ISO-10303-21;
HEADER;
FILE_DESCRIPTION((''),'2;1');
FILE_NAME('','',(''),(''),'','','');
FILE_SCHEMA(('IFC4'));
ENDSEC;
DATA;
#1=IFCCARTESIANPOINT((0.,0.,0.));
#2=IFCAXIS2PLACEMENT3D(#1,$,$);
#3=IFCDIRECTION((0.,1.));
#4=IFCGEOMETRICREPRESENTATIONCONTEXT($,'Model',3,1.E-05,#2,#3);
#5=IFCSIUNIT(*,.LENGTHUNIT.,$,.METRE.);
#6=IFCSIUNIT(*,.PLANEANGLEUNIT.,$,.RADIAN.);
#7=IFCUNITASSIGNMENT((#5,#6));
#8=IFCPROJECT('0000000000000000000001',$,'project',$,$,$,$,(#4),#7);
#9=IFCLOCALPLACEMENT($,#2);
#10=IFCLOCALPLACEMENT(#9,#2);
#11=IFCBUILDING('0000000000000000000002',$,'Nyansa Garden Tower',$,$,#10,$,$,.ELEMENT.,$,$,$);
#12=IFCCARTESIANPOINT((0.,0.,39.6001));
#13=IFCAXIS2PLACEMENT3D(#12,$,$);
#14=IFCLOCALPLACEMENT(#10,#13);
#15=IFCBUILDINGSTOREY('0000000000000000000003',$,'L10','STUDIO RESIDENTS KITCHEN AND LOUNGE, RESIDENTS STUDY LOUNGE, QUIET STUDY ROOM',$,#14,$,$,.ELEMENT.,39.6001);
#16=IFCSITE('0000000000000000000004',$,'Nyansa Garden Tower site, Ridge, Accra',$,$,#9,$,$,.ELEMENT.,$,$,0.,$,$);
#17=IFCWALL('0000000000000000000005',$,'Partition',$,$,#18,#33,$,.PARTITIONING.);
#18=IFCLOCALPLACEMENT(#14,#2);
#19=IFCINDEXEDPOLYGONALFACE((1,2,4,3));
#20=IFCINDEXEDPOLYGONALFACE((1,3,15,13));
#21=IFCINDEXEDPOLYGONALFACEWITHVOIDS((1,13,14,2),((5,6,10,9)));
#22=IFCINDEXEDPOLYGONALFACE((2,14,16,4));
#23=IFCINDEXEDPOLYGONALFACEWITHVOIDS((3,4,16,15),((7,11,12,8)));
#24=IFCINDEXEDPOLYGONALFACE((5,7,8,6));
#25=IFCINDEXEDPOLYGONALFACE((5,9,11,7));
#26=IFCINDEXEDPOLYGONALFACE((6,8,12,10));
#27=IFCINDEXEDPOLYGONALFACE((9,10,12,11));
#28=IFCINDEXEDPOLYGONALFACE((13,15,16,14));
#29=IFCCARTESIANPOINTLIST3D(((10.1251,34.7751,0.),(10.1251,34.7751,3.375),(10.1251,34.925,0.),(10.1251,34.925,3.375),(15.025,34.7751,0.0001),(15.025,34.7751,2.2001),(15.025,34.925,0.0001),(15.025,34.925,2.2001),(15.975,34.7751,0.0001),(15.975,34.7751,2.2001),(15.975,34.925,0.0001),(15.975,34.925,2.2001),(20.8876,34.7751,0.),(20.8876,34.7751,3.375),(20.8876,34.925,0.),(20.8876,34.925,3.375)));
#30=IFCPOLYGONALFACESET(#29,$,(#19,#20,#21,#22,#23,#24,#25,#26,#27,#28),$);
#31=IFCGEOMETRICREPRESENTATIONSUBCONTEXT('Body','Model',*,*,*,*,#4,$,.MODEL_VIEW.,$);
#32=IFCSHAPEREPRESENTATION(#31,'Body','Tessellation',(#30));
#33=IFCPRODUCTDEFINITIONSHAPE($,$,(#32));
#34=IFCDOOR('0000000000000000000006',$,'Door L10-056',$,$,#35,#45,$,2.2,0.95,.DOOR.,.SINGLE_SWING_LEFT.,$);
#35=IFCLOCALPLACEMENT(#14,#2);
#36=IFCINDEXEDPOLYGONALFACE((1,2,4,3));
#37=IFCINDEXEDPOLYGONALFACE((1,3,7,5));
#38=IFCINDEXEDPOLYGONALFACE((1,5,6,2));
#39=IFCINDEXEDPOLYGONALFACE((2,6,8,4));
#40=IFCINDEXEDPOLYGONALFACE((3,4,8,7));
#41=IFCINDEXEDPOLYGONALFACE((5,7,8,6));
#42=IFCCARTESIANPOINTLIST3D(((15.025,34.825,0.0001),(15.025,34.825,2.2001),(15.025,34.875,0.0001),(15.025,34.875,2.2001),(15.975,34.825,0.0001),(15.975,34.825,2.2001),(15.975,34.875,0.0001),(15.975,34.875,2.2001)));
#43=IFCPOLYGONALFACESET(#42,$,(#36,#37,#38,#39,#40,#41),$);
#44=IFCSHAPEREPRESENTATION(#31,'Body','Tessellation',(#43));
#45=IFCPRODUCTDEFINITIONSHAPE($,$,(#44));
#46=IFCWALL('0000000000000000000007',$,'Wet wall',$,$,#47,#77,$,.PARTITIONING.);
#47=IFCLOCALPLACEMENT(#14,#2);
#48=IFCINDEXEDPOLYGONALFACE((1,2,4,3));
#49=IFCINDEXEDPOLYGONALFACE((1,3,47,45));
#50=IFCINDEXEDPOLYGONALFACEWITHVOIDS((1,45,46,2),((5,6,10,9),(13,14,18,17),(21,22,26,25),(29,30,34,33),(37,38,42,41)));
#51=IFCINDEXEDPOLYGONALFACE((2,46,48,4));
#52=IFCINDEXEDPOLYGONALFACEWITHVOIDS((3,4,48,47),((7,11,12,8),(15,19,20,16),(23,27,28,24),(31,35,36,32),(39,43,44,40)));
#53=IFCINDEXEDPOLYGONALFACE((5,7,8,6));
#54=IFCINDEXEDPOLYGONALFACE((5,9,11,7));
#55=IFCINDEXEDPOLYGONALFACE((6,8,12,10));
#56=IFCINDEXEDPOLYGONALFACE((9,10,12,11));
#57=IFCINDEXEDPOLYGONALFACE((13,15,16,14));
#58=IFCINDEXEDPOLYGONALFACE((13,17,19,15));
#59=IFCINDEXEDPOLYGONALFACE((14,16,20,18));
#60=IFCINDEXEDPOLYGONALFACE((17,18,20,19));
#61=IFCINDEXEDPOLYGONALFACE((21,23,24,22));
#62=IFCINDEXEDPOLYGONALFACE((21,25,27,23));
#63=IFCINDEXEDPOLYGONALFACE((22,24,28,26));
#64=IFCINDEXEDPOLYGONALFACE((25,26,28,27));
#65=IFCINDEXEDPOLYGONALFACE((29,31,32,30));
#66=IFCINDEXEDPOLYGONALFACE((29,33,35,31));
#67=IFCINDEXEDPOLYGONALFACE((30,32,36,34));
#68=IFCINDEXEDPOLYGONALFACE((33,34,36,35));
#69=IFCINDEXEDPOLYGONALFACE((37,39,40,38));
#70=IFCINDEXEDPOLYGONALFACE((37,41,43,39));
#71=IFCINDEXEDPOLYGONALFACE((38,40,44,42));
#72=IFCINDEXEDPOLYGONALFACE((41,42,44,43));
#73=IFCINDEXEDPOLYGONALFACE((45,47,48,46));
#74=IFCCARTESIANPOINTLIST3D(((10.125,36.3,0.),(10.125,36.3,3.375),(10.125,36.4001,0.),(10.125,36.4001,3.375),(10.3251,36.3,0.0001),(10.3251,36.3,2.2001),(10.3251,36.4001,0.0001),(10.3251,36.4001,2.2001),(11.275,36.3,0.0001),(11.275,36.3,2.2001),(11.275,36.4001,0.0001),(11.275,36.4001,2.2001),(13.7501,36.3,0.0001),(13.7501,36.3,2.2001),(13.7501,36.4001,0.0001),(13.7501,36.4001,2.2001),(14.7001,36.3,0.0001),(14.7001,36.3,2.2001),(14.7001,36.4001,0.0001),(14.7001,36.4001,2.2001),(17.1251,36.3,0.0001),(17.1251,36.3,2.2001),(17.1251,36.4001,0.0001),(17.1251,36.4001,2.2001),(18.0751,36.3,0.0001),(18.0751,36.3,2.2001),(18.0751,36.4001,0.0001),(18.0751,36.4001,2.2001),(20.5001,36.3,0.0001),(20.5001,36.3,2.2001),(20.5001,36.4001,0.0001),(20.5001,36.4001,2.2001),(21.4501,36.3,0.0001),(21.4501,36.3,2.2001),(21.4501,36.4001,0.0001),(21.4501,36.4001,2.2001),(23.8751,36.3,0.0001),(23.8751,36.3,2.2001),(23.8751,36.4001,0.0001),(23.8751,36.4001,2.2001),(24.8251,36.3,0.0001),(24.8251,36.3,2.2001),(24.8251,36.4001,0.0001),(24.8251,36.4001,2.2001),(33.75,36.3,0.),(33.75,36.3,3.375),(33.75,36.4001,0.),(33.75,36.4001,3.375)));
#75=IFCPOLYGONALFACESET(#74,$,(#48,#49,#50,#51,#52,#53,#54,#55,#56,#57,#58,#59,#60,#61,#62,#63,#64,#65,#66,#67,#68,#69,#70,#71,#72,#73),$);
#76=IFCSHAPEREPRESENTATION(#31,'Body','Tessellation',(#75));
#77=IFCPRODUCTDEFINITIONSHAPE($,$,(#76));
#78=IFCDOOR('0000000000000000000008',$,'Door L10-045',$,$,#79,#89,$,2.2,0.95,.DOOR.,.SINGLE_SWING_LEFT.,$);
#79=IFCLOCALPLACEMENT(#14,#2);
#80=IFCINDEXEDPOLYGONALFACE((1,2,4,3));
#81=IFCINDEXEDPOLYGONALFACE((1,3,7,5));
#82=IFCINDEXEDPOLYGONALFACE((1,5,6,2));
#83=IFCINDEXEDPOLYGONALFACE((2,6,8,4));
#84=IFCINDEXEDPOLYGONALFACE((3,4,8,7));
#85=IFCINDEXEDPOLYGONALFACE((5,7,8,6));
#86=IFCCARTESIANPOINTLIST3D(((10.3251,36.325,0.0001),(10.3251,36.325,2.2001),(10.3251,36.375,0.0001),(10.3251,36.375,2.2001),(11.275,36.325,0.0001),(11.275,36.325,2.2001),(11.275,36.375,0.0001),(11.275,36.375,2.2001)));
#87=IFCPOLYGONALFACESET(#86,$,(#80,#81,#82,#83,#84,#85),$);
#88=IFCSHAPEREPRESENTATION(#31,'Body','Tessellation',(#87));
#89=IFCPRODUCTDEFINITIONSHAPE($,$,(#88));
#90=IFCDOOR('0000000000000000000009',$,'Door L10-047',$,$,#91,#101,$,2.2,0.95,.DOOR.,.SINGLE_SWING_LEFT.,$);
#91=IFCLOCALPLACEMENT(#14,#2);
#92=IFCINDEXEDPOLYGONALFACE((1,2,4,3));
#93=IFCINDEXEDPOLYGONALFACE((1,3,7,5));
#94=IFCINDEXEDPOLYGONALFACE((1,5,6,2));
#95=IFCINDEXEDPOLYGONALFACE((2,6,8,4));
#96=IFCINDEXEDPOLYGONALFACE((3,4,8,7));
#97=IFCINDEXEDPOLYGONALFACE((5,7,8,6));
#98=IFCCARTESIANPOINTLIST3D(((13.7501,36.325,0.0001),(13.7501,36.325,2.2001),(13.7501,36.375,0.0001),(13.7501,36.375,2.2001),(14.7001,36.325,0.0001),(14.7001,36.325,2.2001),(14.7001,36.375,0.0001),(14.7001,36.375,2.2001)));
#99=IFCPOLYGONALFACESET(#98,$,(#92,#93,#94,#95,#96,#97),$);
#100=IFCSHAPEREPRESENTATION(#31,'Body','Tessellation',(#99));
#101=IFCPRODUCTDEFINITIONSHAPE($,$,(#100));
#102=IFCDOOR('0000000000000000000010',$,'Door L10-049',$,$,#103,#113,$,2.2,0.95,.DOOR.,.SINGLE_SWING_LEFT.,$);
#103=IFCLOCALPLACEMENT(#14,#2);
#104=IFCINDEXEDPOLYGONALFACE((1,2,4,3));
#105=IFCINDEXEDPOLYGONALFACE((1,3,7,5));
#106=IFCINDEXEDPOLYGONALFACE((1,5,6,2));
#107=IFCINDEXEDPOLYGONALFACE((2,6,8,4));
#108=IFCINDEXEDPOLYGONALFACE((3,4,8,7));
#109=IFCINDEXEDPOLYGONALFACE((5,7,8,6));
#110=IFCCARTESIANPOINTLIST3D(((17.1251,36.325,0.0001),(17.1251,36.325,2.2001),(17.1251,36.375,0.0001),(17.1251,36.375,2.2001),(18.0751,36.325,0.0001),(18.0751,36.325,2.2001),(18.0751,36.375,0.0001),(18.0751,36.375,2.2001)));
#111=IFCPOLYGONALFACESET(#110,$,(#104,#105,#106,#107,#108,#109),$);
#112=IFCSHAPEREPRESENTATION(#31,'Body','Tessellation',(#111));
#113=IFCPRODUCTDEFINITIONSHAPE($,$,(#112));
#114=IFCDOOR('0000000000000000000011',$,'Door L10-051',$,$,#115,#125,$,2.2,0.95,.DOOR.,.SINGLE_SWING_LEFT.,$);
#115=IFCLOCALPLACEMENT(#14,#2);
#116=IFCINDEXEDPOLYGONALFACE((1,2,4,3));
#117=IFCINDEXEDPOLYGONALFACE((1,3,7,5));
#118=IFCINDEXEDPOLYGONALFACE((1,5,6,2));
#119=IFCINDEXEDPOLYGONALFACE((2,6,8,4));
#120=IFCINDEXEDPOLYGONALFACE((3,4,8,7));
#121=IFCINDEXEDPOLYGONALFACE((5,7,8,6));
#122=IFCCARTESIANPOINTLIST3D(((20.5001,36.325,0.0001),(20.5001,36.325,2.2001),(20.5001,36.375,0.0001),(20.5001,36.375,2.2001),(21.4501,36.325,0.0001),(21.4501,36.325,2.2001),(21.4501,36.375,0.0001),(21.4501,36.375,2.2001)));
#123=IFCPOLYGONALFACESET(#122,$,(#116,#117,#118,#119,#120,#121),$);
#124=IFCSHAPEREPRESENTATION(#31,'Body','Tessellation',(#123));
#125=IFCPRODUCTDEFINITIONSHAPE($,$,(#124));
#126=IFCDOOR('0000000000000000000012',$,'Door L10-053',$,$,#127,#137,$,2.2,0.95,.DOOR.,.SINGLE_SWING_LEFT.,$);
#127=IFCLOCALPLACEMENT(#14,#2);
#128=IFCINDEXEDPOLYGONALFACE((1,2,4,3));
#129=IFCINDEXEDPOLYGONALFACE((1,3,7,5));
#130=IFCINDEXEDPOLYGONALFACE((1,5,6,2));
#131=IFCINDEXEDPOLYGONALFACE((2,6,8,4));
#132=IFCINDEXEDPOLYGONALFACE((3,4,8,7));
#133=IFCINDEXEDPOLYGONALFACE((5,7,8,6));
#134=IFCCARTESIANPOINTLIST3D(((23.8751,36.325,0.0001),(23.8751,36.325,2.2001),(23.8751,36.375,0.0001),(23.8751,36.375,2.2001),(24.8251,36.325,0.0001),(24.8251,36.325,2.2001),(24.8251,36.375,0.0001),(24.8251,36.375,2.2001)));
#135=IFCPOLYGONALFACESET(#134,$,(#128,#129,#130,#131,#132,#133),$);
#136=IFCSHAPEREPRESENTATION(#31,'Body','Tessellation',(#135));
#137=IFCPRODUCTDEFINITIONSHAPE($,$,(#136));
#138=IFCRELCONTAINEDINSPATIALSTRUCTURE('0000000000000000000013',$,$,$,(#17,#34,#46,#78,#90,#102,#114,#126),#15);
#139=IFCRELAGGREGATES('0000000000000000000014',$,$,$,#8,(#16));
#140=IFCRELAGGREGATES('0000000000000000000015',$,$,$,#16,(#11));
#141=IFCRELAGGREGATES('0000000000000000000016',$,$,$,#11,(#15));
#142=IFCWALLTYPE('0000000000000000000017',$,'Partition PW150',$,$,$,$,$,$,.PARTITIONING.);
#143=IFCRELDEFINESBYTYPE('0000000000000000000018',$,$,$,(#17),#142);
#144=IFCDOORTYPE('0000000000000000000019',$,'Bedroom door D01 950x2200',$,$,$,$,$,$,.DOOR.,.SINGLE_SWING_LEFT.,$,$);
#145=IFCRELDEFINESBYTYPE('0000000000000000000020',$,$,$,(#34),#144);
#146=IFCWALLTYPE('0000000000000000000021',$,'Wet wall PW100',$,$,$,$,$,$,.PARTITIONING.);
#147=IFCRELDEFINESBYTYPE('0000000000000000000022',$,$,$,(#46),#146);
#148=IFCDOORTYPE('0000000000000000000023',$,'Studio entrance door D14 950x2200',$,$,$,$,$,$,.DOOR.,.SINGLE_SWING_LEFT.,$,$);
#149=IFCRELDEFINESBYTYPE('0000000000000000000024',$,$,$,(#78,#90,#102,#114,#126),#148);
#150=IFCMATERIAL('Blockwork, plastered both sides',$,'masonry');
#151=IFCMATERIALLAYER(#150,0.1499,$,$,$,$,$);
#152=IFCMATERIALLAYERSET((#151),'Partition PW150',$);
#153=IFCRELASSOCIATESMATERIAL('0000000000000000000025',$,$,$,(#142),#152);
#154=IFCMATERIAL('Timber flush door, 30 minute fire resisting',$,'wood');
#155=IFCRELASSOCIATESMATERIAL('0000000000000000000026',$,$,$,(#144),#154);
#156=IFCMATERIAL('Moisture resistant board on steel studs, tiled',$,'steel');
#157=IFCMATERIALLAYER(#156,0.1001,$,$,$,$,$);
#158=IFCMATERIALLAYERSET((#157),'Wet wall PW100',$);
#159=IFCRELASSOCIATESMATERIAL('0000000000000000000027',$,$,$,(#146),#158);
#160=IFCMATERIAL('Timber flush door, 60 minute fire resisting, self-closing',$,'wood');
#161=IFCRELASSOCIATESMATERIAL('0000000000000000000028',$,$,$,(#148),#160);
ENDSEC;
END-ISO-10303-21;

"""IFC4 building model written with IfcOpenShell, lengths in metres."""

from ifc_helpers import new_model, si_unit, direction, frame, frame_2d, origin, place, context, subcontext, project, spatial, rectangle, extrude, material, layer, layer_set, type_object, element, fill, save


model = new_model("IFC4")

# Units and contexts
model_context = context("Model", 3, precision=1e-05, world=origin(), true_north=direction((0.0, 1.0)))
body_context = subcontext(model_context, "Body", "Model", "MODEL_VIEW")
ifc_project = project(units=[si_unit("LENGTHUNIT", "METRE"), si_unit("PLANEANGLEUNIT", "RADIAN")], contexts=[model_context])

# Site, building, storey
site_placement = place(None, origin())
site = spatial("IfcSite", under=ifc_project, at=site_placement, Name="Nyansa Garden Tower site, Ridge, Accra", CompositionType="ELEMENT", RefElevation=0.0)
building_placement = place(site_placement, origin())
building = spatial("IfcBuilding", under=site, at=building_placement, Name="Nyansa Garden Tower", CompositionType="ELEMENT")
storey_placement = place(building_placement, frame((0.0, 0.0, 39.6001)))
storey = spatial("IfcBuildingStorey", under=building, at=storey_placement, Name="L10", Description="STUDIO RESIDENTS KITCHEN AND LOUNGE, RESIDENTS STUDY LOUNGE, QUIET STUDY ROOM", CompositionType="ELEMENT", Elevation=39.6001)

# Wall, opening, door
ifc_material_1 = material(Name="Blockwork, plastered both sides", Category="masonry")
ifc_layer_1 = layer(ifc_material_1, 0.1499)
ifc_layer_set_1 = layer_set([ifc_layer_1], Name="Partition PW150")
wall_type_1 = type_object("IfcWallType", Name="Partition PW150", PredefinedType="PARTITIONING", material=ifc_layer_set_1)
wall_1_placement = place(storey_placement, frame((10.125, 34.8501, 0.0), z_axis=(0.0, 0.0, 1.0), x_axis=(1.0, 0.0, 0.0)))
wall_1 = element("IfcWall", 1, at=wall_1_placement, inside=storey, type_object=wall_type_1, Name="Partition", PredefinedType="PARTITIONING", context=body_context, shape_type="SweptSolid", body=[
    extrude(rectangle(XDim=10.7625, YDim=0.1499, at=frame_2d((5.3813, 0.0))), origin(), (0.0, 0.0, 1.0), 3.375),
])
opening_1_placement = place(wall_1_placement, frame((4.8999, 0.0, 0.0)))
opening_1 = element("IfcOpeningElement", 2, at=opening_1_placement, cuts=wall_1, PredefinedType="OPENING", context=body_context, shape_type="SweptSolid", body=[
    extrude(rectangle(XDim=0.95, YDim=2.2, at=frame_2d((0.4751, 1.1001))), frame((0.0, 0.085, 0.0), z_axis=(0.0, -1.0, 0.0), x_axis=(1.0, 0.0, 0.0)), (0.0, 0.0, 1.0), 0.1699),
])
ifc_material_2 = material(Name="Timber flush door, 30 minute fire resisting", Category="wood")
door_type_1 = type_object("IfcDoorType", Name="Bedroom door D01 950x2200", OperationType="SINGLE_SWING_LEFT", PredefinedType="DOOR", material=ifc_material_2)
door_1_placement = place(opening_1_placement, origin())
door_1 = element("IfcDoor", 3, at=door_1_placement, inside=storey, type_object=door_type_1, Name="Door L10-056", OperationType="SINGLE_SWING_LEFT", OverallHeight=2.2, OverallWidth=0.95, PredefinedType="DOOR", context=body_context, shape_type="SweptSolid", body=[
    extrude(rectangle(XDim=0.95, YDim=2.2, at=frame_2d((0.4751, 1.1001))), frame((0.0, 0.0249, 0.0), z_axis=(0.0, -1.0, 0.0), x_axis=(1.0, 0.0, 0.0)), (0.0, 0.0, 1.0), 0.05),
])
fill(opening_1, door_1)

# Wall, openings, doors
ifc_material_3 = material(Name="Moisture resistant board on steel studs, tiled", Category="steel")
ifc_layer_2 = layer(ifc_material_3, 0.1001)
ifc_layer_set_2 = layer_set([ifc_layer_2], Name="Wet wall PW100")
wall_type_2 = type_object("IfcWallType", Name="Wet wall PW100", PredefinedType="PARTITIONING", material=ifc_layer_set_2)
wall_2_placement = place(storey_placement, frame((10.125, 36.3501, 0.0), z_axis=(0.0, 0.0, 1.0), x_axis=(1.0, 0.0, 0.0)))
wall_2 = element("IfcWall", 4, at=wall_2_placement, inside=storey, type_object=wall_type_2, Name="Wet wall", PredefinedType="PARTITIONING", context=body_context, shape_type="SweptSolid", body=[
    extrude(rectangle(XDim=23.625, YDim=0.1001, at=frame_2d((11.8125, 0.0))), origin(), (0.0, 0.0, 1.0), 3.375),
])
opening_2_placement = place(wall_2_placement, frame((0.2, 0.0, 0.0)))
opening_2 = element("IfcOpeningElement", 5, at=opening_2_placement, cuts=wall_2, PredefinedType="OPENING", context=body_context, shape_type="SweptSolid", body=[
    extrude(rectangle(XDim=0.95, YDim=2.2, at=frame_2d((0.4751, 1.1001))), frame((0.0, 0.0601, 0.0), z_axis=(0.0, -1.0, 0.0), x_axis=(1.0, 0.0, 0.0)), (0.0, 0.0, 1.0), 0.1201),
])
opening_3_placement = place(wall_2_placement, frame((3.625, 0.0, 0.0)))
opening_3 = element("IfcOpeningElement", 6, at=opening_3_placement, cuts=wall_2, PredefinedType="OPENING", context=body_context, shape_type="SweptSolid", body=[
    extrude(rectangle(XDim=0.95, YDim=2.2, at=frame_2d((0.4751, 1.1001))), frame((0.0, 0.0601, 0.0), z_axis=(0.0, -1.0, 0.0), x_axis=(1.0, 0.0, 0.0)), (0.0, 0.0, 1.0), 0.1201),
])
opening_4_placement = place(wall_2_placement, frame((7.0, 0.0, 0.0)))
opening_4 = element("IfcOpeningElement", 7, at=opening_4_placement, cuts=wall_2, PredefinedType="OPENING", context=body_context, shape_type="SweptSolid", body=[
    extrude(rectangle(XDim=0.95, YDim=2.2, at=frame_2d((0.4751, 1.1001))), frame((0.0, 0.0601, 0.0), z_axis=(0.0, -1.0, 0.0), x_axis=(1.0, 0.0, 0.0)), (0.0, 0.0, 1.0), 0.1201),
])
opening_5_placement = place(wall_2_placement, frame((10.375, 0.0, 0.0)))
opening_5 = element("IfcOpeningElement", 8, at=opening_5_placement, cuts=wall_2, PredefinedType="OPENING", context=body_context, shape_type="SweptSolid", body=[
    extrude(rectangle(XDim=0.95, YDim=2.2, at=frame_2d((0.4751, 1.1001))), frame((0.0, 0.0601, 0.0), z_axis=(0.0, -1.0, 0.0), x_axis=(1.0, 0.0, 0.0)), (0.0, 0.0, 1.0), 0.1201),
])
opening_6_placement = place(wall_2_placement, frame((13.75, 0.0, 0.0)))
opening_6 = element("IfcOpeningElement", 9, at=opening_6_placement, cuts=wall_2, PredefinedType="OPENING", context=body_context, shape_type="SweptSolid", body=[
    extrude(rectangle(XDim=0.95, YDim=2.2, at=frame_2d((0.4751, 1.1001))), frame((0.0, 0.0601, 0.0), z_axis=(0.0, -1.0, 0.0), x_axis=(1.0, 0.0, 0.0)), (0.0, 0.0, 1.0), 0.1201),
])
ifc_material_4 = material(Name="Timber flush door, 60 minute fire resisting, self-closing", Category="wood")
door_type_2 = type_object("IfcDoorType", Name="Studio entrance door D14 950x2200", OperationType="SINGLE_SWING_LEFT", PredefinedType="DOOR", material=ifc_material_4)
door_2_placement = place(opening_2_placement, origin())
door_2 = element("IfcDoor", 10, at=door_2_placement, inside=storey, type_object=door_type_2, Name="Door L10-045", OperationType="SINGLE_SWING_LEFT", OverallHeight=2.2, OverallWidth=0.95, PredefinedType="DOOR", context=body_context, shape_type="SweptSolid", body=[
    extrude(rectangle(XDim=0.95, YDim=2.2, at=frame_2d((0.4751, 1.1001))), frame((0.0, 0.0249, 0.0), z_axis=(0.0, -1.0, 0.0), x_axis=(1.0, 0.0, 0.0)), (0.0, 0.0, 1.0), 0.05),
])
fill(opening_2, door_2)
door_3_placement = place(opening_3_placement, origin())
door_3 = element("IfcDoor", 11, at=door_3_placement, inside=storey, type_object=door_type_2, Name="Door L10-047", OperationType="SINGLE_SWING_LEFT", OverallHeight=2.2, OverallWidth=0.95, PredefinedType="DOOR", context=body_context, shape_type="SweptSolid", body=[
    extrude(rectangle(XDim=0.95, YDim=2.2, at=frame_2d((0.4751, 1.1001))), frame((0.0, 0.0249, 0.0), z_axis=(0.0, -1.0, 0.0), x_axis=(1.0, 0.0, 0.0)), (0.0, 0.0, 1.0), 0.05),
])
fill(opening_3, door_3)
door_4_placement = place(opening_4_placement, origin())
door_4 = element("IfcDoor", 12, at=door_4_placement, inside=storey, type_object=door_type_2, Name="Door L10-049", OperationType="SINGLE_SWING_LEFT", OverallHeight=2.2, OverallWidth=0.95, PredefinedType="DOOR", context=body_context, shape_type="SweptSolid", body=[
    extrude(rectangle(XDim=0.95, YDim=2.2, at=frame_2d((0.4751, 1.1001))), frame((0.0, 0.0249, 0.0), z_axis=(0.0, -1.0, 0.0), x_axis=(1.0, 0.0, 0.0)), (0.0, 0.0, 1.0), 0.05),
])
fill(opening_4, door_4)
door_5_placement = place(opening_5_placement, origin())
door_5 = element("IfcDoor", 13, at=door_5_placement, inside=storey, type_object=door_type_2, Name="Door L10-051", OperationType="SINGLE_SWING_LEFT", OverallHeight=2.2, OverallWidth=0.95, PredefinedType="DOOR", context=body_context, shape_type="SweptSolid", body=[
    extrude(rectangle(XDim=0.95, YDim=2.2, at=frame_2d((0.4751, 1.1001))), frame((0.0, 0.0249, 0.0), z_axis=(0.0, -1.0, 0.0), x_axis=(1.0, 0.0, 0.0)), (0.0, 0.0, 1.0), 0.05),
])
fill(opening_5, door_5)
door_6_placement = place(opening_6_placement, origin())
door_6 = element("IfcDoor", 14, at=door_6_placement, inside=storey, type_object=door_type_2, Name="Door L10-053", OperationType="SINGLE_SWING_LEFT", OverallHeight=2.2, OverallWidth=0.95, PredefinedType="DOOR", context=body_context, shape_type="SweptSolid", body=[
    extrude(rectangle(XDim=0.95, YDim=2.2, at=frame_2d((0.4751, 1.1001))), frame((0.0, 0.0249, 0.0), z_axis=(0.0, -1.0, 0.0), x_axis=(1.0, 0.0, 0.0)), (0.0, 0.0, 1.0), 0.05),
])
fill(opening_6, door_6)

save(model, "model.ifc")
